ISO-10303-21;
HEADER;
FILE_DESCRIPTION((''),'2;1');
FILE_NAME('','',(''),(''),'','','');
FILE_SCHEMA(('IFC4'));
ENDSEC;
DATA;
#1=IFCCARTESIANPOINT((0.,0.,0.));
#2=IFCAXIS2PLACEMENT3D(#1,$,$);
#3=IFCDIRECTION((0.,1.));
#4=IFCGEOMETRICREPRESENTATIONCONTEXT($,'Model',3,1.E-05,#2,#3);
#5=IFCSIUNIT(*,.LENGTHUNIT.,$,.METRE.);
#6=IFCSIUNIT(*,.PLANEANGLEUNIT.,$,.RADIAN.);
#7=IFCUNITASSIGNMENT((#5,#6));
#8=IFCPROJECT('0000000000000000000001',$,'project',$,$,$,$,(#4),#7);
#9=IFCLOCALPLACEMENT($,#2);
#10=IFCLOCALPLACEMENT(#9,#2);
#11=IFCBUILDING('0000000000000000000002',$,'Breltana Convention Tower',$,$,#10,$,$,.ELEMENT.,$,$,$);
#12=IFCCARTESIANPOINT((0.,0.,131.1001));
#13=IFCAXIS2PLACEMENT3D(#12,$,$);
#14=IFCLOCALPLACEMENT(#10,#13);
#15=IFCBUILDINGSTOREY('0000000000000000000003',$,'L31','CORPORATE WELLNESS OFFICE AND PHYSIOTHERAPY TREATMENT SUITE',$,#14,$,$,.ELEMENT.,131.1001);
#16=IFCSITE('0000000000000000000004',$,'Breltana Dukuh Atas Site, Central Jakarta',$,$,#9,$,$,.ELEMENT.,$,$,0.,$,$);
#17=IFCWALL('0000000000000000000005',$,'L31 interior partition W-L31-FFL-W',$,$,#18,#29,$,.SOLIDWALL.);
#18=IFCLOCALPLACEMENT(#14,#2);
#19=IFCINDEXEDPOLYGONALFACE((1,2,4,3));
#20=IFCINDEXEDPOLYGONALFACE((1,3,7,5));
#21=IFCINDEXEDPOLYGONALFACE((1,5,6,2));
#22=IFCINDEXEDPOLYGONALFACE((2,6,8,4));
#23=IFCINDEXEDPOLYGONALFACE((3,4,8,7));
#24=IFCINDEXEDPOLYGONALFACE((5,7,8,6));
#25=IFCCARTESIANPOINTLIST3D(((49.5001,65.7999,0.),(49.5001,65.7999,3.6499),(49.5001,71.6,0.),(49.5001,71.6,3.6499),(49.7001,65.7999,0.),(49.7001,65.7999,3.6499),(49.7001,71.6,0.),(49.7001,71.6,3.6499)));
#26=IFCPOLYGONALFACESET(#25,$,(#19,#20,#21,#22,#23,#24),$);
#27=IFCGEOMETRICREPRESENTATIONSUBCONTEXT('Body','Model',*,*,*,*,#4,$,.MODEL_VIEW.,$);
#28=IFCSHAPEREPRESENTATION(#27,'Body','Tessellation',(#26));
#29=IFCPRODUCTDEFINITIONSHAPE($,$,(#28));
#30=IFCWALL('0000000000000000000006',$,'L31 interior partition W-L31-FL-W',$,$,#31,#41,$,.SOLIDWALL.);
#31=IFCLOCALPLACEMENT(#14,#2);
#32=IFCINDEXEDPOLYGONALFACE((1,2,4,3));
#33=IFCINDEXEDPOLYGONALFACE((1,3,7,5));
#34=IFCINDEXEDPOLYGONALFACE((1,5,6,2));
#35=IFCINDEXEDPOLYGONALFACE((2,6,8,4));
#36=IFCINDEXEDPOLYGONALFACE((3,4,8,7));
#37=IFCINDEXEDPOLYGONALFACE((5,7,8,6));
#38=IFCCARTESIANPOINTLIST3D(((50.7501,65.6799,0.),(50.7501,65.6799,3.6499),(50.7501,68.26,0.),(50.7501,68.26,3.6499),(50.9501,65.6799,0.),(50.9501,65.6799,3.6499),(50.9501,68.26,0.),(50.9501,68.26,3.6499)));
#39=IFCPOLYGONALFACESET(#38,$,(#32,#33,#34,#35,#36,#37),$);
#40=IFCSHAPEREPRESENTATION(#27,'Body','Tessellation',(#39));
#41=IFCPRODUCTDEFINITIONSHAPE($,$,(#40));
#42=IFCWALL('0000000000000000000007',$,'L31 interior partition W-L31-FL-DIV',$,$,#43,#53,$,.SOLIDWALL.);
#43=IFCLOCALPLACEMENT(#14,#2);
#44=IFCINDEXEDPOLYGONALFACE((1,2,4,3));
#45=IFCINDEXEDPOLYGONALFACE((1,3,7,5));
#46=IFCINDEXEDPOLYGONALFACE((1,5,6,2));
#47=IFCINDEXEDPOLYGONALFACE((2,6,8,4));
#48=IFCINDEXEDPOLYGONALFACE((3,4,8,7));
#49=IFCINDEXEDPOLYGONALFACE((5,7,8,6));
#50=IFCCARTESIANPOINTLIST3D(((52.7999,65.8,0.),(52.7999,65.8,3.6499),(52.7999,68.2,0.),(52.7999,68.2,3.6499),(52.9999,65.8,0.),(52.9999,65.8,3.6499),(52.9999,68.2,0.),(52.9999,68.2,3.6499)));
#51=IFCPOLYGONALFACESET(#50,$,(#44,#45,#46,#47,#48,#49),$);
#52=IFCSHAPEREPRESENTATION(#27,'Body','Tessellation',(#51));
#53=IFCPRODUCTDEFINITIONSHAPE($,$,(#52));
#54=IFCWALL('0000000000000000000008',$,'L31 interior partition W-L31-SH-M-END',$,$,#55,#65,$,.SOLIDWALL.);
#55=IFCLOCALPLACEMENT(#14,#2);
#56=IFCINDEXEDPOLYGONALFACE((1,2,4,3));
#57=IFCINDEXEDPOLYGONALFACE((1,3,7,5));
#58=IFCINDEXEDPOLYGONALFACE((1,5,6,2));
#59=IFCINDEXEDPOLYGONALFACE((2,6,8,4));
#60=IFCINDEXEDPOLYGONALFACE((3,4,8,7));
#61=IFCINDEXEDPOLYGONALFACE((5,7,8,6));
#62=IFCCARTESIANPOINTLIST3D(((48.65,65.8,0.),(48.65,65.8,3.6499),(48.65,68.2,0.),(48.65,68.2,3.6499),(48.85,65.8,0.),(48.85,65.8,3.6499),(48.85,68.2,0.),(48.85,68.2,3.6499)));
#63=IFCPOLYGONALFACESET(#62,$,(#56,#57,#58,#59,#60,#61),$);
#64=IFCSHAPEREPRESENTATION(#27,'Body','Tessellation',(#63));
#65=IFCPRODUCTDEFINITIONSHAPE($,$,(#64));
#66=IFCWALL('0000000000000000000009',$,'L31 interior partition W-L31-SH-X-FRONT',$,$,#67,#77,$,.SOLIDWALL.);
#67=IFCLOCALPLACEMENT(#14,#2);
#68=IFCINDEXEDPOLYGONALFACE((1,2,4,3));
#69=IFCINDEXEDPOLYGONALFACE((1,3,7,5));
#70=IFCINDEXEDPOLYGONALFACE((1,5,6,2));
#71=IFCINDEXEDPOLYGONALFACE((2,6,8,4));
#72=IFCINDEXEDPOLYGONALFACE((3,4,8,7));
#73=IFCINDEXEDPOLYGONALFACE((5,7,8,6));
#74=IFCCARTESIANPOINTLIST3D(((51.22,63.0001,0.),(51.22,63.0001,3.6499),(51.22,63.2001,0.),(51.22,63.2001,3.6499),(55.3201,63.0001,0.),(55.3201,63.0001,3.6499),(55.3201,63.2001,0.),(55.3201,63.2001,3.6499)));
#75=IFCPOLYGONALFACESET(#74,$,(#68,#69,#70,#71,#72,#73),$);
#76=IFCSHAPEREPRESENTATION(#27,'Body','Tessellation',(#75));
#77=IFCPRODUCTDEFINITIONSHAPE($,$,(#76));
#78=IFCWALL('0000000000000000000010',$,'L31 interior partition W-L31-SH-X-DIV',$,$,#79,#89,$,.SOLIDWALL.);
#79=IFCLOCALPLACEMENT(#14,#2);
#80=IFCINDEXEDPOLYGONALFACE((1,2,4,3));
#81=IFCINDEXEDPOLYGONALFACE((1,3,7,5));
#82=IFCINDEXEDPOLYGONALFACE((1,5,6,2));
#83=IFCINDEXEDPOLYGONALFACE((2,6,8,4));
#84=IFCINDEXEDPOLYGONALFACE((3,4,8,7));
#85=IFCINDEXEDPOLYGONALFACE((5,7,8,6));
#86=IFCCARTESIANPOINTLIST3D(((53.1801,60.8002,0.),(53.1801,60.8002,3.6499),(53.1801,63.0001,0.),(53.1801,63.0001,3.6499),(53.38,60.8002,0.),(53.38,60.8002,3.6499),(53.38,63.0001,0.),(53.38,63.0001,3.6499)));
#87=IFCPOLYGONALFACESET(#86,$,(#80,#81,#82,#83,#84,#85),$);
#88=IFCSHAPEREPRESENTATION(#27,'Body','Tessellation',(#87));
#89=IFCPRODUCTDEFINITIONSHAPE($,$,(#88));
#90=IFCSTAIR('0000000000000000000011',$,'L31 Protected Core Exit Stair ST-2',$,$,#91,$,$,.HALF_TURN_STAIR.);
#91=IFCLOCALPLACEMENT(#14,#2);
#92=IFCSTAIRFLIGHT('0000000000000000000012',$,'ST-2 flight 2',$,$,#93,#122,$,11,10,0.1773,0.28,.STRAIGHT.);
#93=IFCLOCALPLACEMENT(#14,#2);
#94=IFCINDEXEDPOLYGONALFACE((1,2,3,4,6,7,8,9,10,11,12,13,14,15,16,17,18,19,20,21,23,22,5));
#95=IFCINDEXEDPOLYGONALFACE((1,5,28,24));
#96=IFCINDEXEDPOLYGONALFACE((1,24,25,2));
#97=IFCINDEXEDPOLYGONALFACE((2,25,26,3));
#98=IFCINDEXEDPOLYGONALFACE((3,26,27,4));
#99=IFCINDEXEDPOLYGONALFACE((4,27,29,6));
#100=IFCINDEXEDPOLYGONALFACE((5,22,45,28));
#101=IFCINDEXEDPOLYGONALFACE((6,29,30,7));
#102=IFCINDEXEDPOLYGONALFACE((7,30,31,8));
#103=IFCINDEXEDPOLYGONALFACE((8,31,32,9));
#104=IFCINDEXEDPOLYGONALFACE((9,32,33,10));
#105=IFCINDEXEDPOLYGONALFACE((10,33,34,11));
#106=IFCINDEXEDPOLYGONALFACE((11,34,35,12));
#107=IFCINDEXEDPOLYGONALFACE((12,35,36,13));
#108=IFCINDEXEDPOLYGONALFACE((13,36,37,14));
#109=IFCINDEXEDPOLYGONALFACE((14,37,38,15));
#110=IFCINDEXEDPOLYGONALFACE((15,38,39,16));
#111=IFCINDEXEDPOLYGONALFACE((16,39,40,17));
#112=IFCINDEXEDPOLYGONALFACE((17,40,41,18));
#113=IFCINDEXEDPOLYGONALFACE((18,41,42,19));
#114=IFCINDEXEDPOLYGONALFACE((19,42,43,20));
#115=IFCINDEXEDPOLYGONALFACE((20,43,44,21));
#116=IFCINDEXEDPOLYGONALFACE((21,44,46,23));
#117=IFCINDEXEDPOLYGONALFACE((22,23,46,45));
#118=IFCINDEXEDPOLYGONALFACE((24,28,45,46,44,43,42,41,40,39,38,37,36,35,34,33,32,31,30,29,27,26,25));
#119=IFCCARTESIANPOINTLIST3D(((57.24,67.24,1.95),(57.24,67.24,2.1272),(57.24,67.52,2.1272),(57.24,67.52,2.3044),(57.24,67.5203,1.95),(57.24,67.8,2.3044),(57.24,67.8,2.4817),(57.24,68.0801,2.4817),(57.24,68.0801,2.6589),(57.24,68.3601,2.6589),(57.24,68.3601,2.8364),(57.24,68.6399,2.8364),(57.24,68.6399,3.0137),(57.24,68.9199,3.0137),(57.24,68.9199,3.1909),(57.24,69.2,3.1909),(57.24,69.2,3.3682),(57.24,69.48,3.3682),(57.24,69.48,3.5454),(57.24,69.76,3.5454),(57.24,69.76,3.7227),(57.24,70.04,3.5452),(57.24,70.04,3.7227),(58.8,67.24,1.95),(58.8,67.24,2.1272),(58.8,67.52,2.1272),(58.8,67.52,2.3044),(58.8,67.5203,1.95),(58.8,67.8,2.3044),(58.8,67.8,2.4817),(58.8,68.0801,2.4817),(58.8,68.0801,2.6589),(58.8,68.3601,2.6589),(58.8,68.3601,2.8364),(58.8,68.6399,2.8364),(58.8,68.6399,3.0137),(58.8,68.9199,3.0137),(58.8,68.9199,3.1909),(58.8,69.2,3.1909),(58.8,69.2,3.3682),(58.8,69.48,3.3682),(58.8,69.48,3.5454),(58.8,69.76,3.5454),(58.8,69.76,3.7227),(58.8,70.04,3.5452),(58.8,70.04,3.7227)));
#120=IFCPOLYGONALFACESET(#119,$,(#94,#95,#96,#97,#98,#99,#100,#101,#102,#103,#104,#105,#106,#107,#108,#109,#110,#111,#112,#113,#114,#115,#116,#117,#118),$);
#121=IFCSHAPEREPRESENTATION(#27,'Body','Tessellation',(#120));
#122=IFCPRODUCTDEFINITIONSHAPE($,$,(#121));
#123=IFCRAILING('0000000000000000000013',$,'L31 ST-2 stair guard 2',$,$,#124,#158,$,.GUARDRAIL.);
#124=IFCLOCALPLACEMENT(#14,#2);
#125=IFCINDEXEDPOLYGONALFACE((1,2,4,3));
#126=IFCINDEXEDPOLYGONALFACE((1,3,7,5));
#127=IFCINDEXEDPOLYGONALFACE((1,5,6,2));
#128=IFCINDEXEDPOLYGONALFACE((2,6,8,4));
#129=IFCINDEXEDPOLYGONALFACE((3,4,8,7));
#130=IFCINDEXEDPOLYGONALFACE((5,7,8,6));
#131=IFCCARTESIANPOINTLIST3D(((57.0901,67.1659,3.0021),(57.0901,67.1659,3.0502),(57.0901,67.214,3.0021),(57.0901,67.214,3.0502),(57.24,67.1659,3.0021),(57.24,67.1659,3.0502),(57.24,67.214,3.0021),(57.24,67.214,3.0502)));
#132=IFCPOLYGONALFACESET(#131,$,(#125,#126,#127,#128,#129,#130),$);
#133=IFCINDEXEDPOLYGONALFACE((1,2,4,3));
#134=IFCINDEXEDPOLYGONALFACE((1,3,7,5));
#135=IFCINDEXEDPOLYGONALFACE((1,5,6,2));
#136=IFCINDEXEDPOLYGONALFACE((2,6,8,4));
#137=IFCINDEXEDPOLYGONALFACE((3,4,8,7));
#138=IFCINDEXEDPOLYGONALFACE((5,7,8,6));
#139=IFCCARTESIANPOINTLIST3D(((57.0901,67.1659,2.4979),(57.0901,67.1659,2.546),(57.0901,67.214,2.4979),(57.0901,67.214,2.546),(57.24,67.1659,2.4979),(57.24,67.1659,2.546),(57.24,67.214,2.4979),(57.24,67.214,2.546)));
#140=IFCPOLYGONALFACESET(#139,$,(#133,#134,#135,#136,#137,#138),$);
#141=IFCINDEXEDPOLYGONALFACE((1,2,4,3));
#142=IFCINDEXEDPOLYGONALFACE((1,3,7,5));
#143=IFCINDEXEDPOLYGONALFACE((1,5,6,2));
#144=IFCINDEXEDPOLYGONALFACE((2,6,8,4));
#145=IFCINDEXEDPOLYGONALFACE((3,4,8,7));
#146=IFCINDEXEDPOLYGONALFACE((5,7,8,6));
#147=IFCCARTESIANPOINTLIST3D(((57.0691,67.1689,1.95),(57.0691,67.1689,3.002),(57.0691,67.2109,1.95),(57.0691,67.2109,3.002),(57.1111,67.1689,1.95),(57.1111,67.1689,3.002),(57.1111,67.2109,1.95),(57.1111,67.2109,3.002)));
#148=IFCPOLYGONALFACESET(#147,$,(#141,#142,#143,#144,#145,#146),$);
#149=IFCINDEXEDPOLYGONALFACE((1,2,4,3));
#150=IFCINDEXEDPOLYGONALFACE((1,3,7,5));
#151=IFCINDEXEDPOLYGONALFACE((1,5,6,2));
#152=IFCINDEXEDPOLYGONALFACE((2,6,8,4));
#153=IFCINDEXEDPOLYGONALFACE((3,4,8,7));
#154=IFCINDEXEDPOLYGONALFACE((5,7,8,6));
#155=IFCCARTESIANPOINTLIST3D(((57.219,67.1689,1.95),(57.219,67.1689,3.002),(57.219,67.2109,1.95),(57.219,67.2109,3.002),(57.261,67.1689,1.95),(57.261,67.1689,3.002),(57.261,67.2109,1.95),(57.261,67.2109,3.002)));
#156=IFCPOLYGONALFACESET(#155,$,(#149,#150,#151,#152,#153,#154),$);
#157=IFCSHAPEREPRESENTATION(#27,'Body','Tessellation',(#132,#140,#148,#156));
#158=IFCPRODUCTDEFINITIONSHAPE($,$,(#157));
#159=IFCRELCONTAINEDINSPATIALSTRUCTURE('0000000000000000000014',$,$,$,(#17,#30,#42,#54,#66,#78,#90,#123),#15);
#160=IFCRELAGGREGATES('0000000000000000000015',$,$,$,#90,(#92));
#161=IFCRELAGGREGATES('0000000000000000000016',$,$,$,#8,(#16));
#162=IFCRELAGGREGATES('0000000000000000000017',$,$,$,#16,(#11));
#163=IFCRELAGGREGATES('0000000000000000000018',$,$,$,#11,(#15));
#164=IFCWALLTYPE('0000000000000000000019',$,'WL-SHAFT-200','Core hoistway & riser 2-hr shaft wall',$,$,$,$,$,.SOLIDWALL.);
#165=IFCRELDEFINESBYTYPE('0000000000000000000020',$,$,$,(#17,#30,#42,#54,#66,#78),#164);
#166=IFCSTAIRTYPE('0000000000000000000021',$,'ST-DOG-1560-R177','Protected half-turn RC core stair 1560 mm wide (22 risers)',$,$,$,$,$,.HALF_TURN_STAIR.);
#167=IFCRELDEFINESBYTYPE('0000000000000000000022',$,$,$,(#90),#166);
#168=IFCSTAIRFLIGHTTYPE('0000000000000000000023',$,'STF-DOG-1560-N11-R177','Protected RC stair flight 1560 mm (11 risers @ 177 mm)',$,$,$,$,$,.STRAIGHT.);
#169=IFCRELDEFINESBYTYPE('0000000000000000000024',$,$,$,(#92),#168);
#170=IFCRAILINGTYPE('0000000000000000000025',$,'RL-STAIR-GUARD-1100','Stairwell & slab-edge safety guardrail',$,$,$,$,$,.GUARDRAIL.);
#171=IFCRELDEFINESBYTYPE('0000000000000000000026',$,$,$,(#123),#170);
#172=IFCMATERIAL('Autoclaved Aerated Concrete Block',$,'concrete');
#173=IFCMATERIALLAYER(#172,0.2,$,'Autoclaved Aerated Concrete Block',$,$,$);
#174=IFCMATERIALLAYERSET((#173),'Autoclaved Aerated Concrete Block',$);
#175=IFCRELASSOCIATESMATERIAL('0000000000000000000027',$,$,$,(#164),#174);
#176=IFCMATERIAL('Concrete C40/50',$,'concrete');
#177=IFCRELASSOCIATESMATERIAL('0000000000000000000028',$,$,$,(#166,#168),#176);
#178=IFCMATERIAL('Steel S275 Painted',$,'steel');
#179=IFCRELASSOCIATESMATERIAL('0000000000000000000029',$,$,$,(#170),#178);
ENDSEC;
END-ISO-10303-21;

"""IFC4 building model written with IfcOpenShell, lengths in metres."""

from ifc_helpers import new_model, si_unit, direction, frame, frame_2d, origin, origin_2d, place, context, subcontext, project, spatial, polyline, rectangle, outline, extrude, source, transform, mapped, material, layer, layer_set, type_object, element, aggregate, save


model = new_model("IFC4")

# Units and contexts
model_context = context("Model", 3, precision=1e-05, world=origin(), true_north=direction((0.0, 1.0)))
body_context = subcontext(model_context, "Body", "Model", "MODEL_VIEW")
ifc_project = project(units=[si_unit("LENGTHUNIT", "METRE"), si_unit("PLANEANGLEUNIT", "RADIAN")], contexts=[model_context])

# Site, building, storey
site_placement = place(None, origin())
site = spatial("IfcSite", under=ifc_project, at=site_placement, Name="Breltana Dukuh Atas Site, Central Jakarta", CompositionType="ELEMENT", RefElevation=0.0)
building_placement = place(site_placement, origin())
building = spatial("IfcBuilding", under=site, at=building_placement, Name="Breltana Convention Tower", CompositionType="ELEMENT")
storey_placement = place(building_placement, frame((0.0, 0.0, 131.1001)))
storey = spatial("IfcBuildingStorey", under=building, at=storey_placement, Name="L31", Description="CORPORATE WELLNESS OFFICE AND PHYSIOTHERAPY TREATMENT SUITE", CompositionType="ELEMENT", Elevation=131.1001)

# Walls
ifc_material_1 = material(Name="Autoclaved Aerated Concrete Block", Category="concrete")
ifc_layer_1 = layer(ifc_material_1, 0.2, Name="Autoclaved Aerated Concrete Block")
ifc_layer_set_1 = layer_set([ifc_layer_1], Name="Autoclaved Aerated Concrete Block")
wall_type_1 = type_object("IfcWallType", Name="WL-SHAFT-200", Description="Core hoistway & riser 2-hr shaft wall", PredefinedType="SOLIDWALL", material=ifc_layer_set_1)
shared_shape_1 = source(origin(), body_context, "Body", "SweptSolid", [
    extrude(rectangle(XDim=5.8, YDim=0.2, at=frame_2d((2.8999, 0.0))), origin(), (0.0, 0.0, 1.0), 3.6499),
])
wall_1_placement = place(storey_placement, frame((49.6001, 65.8, 0.0), z_axis=(0.0, 0.0, 1.0), x_axis=(0.0, 1.0, 0.0)))
element("IfcWall", 1, at=wall_1_placement, inside=storey, type_object=wall_type_1, Name="L31 interior partition W-L31-FFL-W", PredefinedType="SOLIDWALL", context=body_context, shape_type="MappedRepresentation", body=[
    mapped(shared_shape_1, transform((0.0, 0.0, 0.0), scale=1.0)),
])
shared_shape_2 = source(origin(), body_context, "Body", "SweptSolid", [
    extrude(rectangle(XDim=2.5801, YDim=0.2, at=frame_2d((1.29, 0.0))), origin(), (0.0, 0.0, 1.0), 3.6499),
])
wall_2_placement = place(storey_placement, frame((50.8501, 65.6799, 0.0), z_axis=(0.0, 0.0, 1.0), x_axis=(0.0, 1.0, 0.0)))
element("IfcWall", 2, at=wall_2_placement, inside=storey, type_object=wall_type_1, Name="L31 interior partition W-L31-FL-W", PredefinedType="SOLIDWALL", context=body_context, shape_type="MappedRepresentation", body=[
    mapped(shared_shape_2, transform((0.0, 0.0, 0.0), scale=1.0)),
])
shared_shape_3 = source(origin(), body_context, "Body", "SweptSolid", [
    extrude(rectangle(XDim=2.3999, YDim=0.2, at=frame_2d((1.2, 0.0))), origin(), (0.0, 0.0, 1.0), 3.6499),
])
for number, where, z_axis, x_axis, name in (
    (3, (52.8999, 65.8, 0.0), (0.0, 0.0, 1.0), (0.0, 1.0, 0.0), "L31 interior partition W-L31-FL-DIV"),
    (4, (48.75, 65.8, 0.0), (0.0, 0.0, 1.0), (0.0, 1.0, 0.0), "L31 interior partition W-L31-SH-M-END"),
):
    element("IfcWall", number, at=place(storey_placement, frame(where, z_axis=z_axis, x_axis=x_axis)), inside=storey, type_object=wall_type_1, Name=name, PredefinedType="SOLIDWALL", context=body_context, shape_type="MappedRepresentation", body=[
        mapped(shared_shape_3, transform((0.0, 0.0, 0.0), scale=1.0)),
    ])
shared_shape_4 = source(origin(), body_context, "Body", "SweptSolid", [
    extrude(rectangle(XDim=4.1001, YDim=0.2, at=frame_2d((2.05, 0.0))), origin(), (0.0, 0.0, 1.0), 3.6499),
])
wall_3_placement = place(storey_placement, frame((51.22, 63.1001, 0.0), z_axis=(0.0, 0.0, 1.0), x_axis=(1.0, 0.0, 0.0)))
element("IfcWall", 5, at=wall_3_placement, inside=storey, type_object=wall_type_1, Name="L31 interior partition W-L31-SH-X-FRONT", PredefinedType="SOLIDWALL", context=body_context, shape_type="MappedRepresentation", body=[
    mapped(shared_shape_4, transform((0.0, 0.0, 0.0), scale=1.0)),
])
shared_shape_5 = source(origin(), body_context, "Body", "SweptSolid", [
    extrude(rectangle(XDim=2.2, YDim=0.2, at=frame_2d((1.1001, 0.0))), origin(), (0.0, 0.0, 1.0), 3.6499),
])
wall_4_placement = place(storey_placement, frame((53.28, 60.8, 0.0), z_axis=(0.0, 0.0, 1.0), x_axis=(0.0, 1.0, 0.0)))
element("IfcWall", 6, at=wall_4_placement, inside=storey, type_object=wall_type_1, Name="L31 interior partition W-L31-SH-X-DIV", PredefinedType="SOLIDWALL", context=body_context, shape_type="MappedRepresentation", body=[
    mapped(shared_shape_5, transform((0.0, 0.0, 0.0), scale=1.0)),
])

# Stair, stair flight
ifc_material_2 = material(Name="Concrete C40/50", Category="concrete")
stair_type = type_object("IfcStairType", Name="ST-DOG-1560-R177", Description="Protected half-turn RC core stair 1560 mm wide (22 risers)", PredefinedType="HALF_TURN_STAIR", material=ifc_material_2)
stair_placement = place(storey_placement, origin())
stair = element("IfcStair", 7, at=stair_placement, inside=storey, type_object=stair_type, Name="L31 Protected Core Exit Stair ST-2", PredefinedType="HALF_TURN_STAIR")
stair_flight_type = type_object("IfcStairFlightType", Name="STF-DOG-1560-N11-R177", Description="Protected RC stair flight 1560 mm (11 risers @ 177 mm)", PredefinedType="STRAIGHT", material=ifc_material_2)
stair_flight_placement = place(storey_placement, frame((58.02, 67.24, 1.95), z_axis=(0.0, 0.0, 1.0), x_axis=(0.0, 1.0, 0.0)))
stair_flight = element("IfcStairFlight", 8, at=stair_flight_placement, type_object=stair_flight_type, Name="ST-2 flight 2", NumberOfRisers=11, NumberOfTreads=10, PredefinedType="STRAIGHT", RiserHeight=0.1773, TreadLength=0.28, context=body_context, shape_type="SweptSolid", body=[
    extrude(outline(polyline([(0.0, 0.0), (0.0, 0.1772), (0.28, 0.1772), (0.28, 0.3545), (0.5601, 0.3545), (0.5601, 0.5317), (0.8401, 0.5317), (0.8401, 0.709), (1.1201, 0.709), (1.1201, 0.8865), (1.3999, 0.8865), (1.3999, 1.0637), (1.6799, 1.0637), (1.6799, 1.241), (1.96, 1.241), (1.96, 1.4182), (2.24, 1.4182), (2.24, 1.5955), (2.52, 1.5955), (2.52, 1.7727), (2.8, 1.7727), (2.8, 1.95), (2.8, 1.5952), (0.2803, 0.0), (0.0, 0.0)])), frame((0.0, 0.78, 0.0), z_axis=(0.0, -1.0, 0.0), x_axis=(1.0, 0.0, 0.0)), (0.0, 0.0, 1.0), 1.5601),
])
aggregate(stair, [stair_flight])

# Railing
ifc_material_3 = material(Name="Steel S275 Painted", Category="steel")
railing_type = type_object("IfcRailingType", Name="RL-STAIR-GUARD-1100", Description="Stairwell & slab-edge safety guardrail", PredefinedType="GUARDRAIL", material=ifc_material_3)
railing_1_placement = place(storey_placement, frame((57.0901, 67.1899, 1.95)))
element("IfcRailing", 9, at=railing_1_placement, inside=storey, type_object=railing_type, Name="L31 ST-2 stair guard 2", PredefinedType="GUARDRAIL", context=body_context, shape_type="SweptSolid", body=[
    extrude(rectangle(XDim=0.0481, YDim=0.0481, at=origin_2d()), frame((0.0, 0.0, 1.0762), z_axis=(1.0, 0.0, 0.0), x_axis=(0.0, 1.0, 0.0)), (0.0, 0.0, 1.0), 0.1499),
    extrude(rectangle(XDim=0.0481, YDim=0.0481, at=origin_2d()), frame((0.0, 0.0, 0.572), z_axis=(1.0, 0.0, 0.0), x_axis=(0.0, 1.0, 0.0)), (0.0, 0.0, 1.0), 0.1499),
    extrude(rectangle(XDim=0.042, YDim=0.042, at=origin_2d()), origin(), (0.0, 0.0, 1.0), 1.052),
    extrude(rectangle(XDim=0.042, YDim=0.042, at=origin_2d()), frame((0.1499, 0.0, 0.0)), (0.0, 0.0, 1.0), 1.052),
])

save(model, "model.ifc")
